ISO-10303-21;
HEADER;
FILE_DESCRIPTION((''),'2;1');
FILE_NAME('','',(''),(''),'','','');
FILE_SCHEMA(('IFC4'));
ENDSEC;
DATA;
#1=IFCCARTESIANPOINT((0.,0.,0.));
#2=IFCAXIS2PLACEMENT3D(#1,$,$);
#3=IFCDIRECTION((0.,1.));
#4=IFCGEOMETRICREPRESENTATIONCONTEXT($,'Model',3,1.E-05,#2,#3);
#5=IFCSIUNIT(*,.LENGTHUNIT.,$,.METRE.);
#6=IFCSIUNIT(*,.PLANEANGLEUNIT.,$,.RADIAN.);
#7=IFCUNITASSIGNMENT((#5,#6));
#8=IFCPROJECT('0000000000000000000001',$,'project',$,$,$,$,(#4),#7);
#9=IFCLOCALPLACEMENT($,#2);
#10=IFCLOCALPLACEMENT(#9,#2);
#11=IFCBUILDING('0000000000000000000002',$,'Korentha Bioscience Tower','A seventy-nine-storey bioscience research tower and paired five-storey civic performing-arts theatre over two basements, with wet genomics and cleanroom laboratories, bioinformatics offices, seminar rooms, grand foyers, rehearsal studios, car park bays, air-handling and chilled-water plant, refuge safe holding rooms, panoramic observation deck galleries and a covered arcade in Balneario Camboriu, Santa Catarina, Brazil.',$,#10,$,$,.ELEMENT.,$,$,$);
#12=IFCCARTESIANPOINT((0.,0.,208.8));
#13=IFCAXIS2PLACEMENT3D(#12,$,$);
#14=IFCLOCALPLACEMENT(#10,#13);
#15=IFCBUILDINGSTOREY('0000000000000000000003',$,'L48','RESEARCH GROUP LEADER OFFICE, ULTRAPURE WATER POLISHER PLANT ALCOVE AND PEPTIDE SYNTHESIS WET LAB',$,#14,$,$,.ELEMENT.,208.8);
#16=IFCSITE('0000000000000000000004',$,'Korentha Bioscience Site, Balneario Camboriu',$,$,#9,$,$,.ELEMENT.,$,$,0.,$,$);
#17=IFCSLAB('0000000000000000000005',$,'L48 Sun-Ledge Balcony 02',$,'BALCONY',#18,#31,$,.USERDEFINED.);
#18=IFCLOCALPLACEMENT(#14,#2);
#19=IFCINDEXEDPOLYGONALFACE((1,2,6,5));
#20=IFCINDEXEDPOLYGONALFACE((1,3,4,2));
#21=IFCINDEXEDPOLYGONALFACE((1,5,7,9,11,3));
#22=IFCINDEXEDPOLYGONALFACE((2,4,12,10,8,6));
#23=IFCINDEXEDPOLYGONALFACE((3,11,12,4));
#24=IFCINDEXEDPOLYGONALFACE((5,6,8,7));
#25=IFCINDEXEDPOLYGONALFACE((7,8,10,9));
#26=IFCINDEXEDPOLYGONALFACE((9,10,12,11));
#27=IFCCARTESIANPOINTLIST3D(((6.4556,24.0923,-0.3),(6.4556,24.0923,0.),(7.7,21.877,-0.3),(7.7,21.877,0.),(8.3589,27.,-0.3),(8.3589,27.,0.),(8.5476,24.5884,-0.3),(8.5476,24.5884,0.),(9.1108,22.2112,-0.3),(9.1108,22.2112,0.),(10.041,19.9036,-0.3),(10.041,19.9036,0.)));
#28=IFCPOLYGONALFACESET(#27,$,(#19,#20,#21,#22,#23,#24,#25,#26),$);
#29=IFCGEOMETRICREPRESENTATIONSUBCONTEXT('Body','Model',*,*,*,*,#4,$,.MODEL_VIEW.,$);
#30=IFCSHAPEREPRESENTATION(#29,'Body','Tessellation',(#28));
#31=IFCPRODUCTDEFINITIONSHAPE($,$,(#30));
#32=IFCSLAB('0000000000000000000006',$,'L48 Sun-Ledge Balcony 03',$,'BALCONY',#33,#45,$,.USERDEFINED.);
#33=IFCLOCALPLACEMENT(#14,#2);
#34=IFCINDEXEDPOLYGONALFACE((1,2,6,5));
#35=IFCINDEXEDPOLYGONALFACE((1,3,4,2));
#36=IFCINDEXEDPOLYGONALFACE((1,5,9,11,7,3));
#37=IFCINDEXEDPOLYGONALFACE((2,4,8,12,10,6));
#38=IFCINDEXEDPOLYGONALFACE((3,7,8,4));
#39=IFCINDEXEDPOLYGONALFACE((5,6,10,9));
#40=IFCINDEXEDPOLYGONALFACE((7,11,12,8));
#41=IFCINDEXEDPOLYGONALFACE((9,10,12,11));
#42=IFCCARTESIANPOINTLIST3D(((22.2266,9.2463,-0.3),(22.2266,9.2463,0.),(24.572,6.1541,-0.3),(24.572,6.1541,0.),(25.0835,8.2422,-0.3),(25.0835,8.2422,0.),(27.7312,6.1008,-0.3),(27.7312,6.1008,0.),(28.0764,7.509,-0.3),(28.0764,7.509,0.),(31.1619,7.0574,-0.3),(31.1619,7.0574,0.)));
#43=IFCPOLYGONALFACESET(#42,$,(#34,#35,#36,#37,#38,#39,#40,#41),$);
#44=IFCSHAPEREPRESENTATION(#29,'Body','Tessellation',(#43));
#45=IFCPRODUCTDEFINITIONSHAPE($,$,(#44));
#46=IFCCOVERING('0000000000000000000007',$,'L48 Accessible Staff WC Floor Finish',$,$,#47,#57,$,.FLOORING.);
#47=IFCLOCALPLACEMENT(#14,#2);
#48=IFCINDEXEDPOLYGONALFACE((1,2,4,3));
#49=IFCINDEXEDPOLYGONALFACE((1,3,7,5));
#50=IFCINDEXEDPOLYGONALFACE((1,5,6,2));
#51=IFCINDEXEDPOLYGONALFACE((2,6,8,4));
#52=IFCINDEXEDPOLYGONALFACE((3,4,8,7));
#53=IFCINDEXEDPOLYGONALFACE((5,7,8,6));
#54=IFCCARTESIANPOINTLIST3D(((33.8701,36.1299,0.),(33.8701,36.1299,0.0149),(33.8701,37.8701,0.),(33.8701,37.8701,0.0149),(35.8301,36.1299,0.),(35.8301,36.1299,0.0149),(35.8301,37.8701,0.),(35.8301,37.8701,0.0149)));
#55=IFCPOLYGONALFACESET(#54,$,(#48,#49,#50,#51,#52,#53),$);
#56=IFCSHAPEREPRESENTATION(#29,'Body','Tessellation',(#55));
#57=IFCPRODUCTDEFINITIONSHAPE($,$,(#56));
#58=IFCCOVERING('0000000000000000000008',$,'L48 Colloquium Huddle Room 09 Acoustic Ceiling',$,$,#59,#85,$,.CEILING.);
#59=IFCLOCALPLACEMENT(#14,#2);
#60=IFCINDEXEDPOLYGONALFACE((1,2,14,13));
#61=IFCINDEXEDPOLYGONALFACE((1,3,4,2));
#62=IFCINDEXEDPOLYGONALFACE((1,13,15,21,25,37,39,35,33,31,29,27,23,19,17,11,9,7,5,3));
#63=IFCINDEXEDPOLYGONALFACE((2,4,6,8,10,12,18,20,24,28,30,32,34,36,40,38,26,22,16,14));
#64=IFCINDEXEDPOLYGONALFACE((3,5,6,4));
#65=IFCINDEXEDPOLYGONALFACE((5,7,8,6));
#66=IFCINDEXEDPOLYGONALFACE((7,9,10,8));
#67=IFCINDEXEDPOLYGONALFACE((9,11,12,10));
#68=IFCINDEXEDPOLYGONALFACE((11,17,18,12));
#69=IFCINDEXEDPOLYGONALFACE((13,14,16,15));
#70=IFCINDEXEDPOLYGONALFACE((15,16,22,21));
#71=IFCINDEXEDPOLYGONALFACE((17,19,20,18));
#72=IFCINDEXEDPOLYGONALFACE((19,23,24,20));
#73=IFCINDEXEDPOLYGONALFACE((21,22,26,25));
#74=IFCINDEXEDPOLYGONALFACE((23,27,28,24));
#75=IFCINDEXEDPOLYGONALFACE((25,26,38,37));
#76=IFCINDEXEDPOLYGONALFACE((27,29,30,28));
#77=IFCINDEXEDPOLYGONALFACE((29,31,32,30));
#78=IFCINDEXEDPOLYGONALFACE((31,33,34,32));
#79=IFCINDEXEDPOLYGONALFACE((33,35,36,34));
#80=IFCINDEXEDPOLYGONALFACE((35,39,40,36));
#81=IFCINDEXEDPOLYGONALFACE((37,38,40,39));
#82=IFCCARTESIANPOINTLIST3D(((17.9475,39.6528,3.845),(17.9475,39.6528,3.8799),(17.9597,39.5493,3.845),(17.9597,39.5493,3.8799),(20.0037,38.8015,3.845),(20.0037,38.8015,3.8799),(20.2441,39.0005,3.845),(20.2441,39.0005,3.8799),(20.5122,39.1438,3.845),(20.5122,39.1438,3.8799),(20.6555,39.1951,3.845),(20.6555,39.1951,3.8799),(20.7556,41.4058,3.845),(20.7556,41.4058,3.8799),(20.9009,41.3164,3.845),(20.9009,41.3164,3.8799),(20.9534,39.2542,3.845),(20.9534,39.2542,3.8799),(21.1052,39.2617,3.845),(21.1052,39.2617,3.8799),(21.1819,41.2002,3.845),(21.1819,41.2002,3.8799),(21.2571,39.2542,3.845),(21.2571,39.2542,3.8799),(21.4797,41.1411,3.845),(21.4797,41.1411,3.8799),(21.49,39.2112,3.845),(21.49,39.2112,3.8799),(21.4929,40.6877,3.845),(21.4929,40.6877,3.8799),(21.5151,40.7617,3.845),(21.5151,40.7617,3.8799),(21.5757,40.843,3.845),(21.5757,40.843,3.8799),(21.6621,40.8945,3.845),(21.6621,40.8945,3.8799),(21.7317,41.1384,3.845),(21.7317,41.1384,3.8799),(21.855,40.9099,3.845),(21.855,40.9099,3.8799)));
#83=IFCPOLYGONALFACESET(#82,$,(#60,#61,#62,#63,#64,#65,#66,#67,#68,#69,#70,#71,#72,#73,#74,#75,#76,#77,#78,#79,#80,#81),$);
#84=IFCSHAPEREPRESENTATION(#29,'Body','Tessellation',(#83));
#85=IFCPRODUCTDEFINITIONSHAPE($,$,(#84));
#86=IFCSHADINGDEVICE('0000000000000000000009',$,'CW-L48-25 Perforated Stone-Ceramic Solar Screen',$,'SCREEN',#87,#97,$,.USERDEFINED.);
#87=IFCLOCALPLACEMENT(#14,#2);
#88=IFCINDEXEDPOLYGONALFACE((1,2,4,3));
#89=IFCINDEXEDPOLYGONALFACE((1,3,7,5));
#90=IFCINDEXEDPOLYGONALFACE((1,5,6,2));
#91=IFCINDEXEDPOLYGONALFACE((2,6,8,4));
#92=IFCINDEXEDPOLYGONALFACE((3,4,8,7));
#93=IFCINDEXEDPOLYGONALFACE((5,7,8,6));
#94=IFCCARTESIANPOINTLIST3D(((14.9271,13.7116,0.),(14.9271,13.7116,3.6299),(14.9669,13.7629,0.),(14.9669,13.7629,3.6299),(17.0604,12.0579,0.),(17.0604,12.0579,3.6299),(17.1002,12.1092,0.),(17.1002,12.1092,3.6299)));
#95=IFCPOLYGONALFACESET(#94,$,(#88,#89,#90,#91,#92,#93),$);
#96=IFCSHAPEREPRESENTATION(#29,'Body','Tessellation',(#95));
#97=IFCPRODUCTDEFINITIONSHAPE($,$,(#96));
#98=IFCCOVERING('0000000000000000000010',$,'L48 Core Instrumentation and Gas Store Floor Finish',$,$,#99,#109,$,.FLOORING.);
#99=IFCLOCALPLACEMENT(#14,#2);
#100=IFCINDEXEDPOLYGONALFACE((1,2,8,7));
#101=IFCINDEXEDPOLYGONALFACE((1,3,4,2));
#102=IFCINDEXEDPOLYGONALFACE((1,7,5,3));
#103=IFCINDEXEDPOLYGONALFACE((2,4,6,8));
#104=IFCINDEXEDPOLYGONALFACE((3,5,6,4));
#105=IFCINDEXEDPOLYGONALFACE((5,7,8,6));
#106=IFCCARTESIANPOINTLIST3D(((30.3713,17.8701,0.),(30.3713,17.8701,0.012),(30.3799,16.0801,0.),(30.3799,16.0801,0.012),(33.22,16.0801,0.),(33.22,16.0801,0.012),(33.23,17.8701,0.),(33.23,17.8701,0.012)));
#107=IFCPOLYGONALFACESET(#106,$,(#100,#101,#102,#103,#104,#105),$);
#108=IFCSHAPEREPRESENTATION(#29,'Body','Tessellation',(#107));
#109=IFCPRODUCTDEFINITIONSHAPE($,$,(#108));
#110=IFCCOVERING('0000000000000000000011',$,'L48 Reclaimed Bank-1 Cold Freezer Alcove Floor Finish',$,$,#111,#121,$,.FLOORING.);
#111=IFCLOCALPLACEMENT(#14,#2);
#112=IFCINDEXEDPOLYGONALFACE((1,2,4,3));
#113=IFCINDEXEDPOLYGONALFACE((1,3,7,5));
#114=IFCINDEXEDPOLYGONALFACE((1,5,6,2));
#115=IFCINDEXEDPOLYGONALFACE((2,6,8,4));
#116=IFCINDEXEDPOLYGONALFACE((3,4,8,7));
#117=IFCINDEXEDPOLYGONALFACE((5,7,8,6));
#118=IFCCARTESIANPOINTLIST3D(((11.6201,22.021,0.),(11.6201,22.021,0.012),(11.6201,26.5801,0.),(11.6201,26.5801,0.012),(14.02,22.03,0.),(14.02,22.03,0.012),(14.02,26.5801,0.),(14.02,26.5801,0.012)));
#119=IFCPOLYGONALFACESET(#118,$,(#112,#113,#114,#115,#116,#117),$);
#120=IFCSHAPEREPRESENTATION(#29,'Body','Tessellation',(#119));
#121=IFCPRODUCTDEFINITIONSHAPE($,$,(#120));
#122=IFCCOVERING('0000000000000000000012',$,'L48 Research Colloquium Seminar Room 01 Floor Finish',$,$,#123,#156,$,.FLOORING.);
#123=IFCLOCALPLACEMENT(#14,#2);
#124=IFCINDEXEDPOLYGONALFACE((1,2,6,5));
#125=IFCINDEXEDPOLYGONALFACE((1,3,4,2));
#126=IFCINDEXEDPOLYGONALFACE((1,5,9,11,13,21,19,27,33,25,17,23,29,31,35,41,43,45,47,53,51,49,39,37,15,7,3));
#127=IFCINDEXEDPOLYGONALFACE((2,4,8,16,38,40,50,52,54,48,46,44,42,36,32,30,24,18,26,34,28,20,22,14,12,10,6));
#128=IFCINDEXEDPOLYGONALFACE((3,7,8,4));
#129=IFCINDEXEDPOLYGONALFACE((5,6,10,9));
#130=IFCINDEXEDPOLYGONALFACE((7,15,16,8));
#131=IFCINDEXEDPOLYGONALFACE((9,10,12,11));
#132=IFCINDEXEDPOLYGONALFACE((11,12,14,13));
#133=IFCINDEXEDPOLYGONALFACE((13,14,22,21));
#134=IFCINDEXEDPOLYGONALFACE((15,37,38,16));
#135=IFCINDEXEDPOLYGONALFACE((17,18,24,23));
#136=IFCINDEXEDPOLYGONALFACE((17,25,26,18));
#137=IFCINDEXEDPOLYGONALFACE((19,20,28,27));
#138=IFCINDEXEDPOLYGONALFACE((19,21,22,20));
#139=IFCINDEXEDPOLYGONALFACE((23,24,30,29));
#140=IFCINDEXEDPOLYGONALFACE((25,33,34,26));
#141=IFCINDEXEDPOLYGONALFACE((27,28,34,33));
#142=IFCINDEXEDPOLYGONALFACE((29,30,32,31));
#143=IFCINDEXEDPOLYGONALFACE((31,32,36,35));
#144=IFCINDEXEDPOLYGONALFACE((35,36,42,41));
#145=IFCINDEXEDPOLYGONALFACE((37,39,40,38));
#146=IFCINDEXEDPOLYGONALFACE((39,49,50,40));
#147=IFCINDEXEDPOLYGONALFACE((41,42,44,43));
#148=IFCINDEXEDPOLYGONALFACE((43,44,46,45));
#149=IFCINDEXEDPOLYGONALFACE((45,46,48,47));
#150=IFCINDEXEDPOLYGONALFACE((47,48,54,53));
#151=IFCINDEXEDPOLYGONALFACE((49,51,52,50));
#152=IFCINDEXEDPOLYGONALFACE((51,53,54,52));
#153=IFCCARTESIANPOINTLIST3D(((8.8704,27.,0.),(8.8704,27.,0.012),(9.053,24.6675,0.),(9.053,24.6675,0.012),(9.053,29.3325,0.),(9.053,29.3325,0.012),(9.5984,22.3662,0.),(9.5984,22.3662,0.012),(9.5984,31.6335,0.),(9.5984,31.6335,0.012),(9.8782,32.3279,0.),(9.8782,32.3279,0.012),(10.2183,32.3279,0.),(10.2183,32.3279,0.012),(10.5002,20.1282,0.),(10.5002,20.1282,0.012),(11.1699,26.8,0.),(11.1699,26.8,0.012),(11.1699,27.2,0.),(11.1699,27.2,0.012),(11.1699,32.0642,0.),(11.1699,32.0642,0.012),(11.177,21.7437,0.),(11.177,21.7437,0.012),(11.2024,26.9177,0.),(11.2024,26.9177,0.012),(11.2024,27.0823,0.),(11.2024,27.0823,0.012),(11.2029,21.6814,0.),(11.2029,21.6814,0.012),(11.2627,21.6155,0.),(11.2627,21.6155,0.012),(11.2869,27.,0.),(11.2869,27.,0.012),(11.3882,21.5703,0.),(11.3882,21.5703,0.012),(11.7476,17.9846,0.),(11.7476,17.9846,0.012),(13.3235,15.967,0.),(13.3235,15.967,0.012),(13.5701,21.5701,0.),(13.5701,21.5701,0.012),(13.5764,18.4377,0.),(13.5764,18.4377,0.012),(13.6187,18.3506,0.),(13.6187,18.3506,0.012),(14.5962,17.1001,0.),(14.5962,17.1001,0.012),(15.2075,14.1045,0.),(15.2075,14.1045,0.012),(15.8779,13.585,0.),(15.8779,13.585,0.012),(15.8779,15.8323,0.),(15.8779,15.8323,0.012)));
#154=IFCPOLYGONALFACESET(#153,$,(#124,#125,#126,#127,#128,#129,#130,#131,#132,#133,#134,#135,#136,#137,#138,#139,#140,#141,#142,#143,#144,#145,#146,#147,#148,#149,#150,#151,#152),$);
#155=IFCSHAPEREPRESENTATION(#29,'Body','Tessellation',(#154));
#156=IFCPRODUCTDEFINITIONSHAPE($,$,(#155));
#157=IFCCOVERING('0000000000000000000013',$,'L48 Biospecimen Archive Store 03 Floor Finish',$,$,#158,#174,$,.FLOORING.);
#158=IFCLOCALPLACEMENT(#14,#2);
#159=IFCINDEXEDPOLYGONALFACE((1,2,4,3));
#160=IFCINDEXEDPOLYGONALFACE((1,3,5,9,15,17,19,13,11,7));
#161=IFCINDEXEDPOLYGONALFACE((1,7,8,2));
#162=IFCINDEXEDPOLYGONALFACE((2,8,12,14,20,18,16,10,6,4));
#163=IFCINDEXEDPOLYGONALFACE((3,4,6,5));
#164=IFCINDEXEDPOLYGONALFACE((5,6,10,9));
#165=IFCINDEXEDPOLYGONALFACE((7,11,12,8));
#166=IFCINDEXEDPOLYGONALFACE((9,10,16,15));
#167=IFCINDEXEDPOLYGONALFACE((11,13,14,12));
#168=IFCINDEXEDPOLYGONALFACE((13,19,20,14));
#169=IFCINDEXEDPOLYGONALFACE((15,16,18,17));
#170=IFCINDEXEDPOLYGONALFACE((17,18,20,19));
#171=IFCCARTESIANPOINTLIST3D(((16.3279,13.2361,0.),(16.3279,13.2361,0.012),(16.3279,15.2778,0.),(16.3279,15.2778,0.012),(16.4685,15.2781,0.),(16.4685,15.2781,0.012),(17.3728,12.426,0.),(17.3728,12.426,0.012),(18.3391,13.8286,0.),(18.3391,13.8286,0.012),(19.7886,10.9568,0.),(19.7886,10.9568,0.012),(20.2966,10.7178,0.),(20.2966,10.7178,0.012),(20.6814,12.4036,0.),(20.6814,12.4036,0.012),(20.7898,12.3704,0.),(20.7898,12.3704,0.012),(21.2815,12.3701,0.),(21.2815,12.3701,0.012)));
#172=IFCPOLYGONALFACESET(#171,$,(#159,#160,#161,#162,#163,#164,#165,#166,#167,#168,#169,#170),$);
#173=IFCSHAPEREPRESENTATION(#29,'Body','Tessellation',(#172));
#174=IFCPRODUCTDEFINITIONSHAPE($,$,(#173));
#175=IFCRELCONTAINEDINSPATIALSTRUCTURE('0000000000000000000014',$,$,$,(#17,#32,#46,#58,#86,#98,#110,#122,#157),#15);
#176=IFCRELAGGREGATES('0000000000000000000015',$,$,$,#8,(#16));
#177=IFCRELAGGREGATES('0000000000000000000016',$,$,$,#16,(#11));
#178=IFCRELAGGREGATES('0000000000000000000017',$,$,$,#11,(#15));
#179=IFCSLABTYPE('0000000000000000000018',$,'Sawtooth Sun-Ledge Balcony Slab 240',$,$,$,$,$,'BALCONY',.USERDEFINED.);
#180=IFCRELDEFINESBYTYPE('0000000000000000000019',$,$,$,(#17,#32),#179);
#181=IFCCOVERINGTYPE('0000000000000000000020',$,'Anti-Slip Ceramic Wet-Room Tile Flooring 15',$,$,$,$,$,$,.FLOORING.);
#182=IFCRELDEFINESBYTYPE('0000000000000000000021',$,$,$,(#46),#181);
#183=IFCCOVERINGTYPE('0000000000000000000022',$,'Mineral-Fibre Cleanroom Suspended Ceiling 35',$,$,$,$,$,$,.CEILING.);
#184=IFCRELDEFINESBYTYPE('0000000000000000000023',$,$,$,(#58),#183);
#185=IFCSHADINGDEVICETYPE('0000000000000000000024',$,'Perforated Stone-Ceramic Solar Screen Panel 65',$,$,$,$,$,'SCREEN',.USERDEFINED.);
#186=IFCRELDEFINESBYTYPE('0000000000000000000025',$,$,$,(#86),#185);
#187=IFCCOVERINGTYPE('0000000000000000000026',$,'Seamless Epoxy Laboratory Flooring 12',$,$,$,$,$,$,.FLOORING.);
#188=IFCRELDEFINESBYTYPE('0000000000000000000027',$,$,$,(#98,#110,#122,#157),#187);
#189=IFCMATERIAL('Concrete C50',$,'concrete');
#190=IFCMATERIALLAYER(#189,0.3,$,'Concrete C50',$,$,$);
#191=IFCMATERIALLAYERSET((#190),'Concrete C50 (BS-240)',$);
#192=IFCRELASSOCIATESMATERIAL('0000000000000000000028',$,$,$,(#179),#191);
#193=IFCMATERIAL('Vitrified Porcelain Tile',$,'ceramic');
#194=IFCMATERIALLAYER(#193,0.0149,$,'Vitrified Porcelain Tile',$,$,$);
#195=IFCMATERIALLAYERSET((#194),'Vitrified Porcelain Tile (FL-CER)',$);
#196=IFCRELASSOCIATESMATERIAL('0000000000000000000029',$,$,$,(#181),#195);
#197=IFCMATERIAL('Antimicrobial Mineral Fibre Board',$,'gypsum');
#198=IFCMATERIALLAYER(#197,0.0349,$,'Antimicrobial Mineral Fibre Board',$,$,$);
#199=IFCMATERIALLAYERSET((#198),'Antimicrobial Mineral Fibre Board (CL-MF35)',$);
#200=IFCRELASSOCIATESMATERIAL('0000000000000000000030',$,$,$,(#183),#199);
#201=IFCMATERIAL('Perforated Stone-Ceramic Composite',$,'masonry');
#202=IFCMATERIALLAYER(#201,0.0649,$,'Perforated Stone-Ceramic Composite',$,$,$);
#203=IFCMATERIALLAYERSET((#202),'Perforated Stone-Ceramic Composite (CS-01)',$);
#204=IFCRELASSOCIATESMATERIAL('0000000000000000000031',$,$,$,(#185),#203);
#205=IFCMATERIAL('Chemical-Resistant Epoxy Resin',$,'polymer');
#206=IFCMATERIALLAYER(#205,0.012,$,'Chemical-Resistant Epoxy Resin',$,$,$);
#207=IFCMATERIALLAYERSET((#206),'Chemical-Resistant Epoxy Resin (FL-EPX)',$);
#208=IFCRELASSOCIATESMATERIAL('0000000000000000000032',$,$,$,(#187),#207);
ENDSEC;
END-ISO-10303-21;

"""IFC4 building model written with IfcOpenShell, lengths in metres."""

from ifc_helpers import new_model, si_unit, direction, frame, origin, origin_2d, place, context, subcontext, project, spatial, polyline, rectangle, outline, extrude, material, layer, layer_set, type_object, element, save


model = new_model("IFC4")

# Units and contexts
model_context = context("Model", 3, precision=1e-05, world=origin(), true_north=direction((0.0, 1.0)))
body_context = subcontext(model_context, "Body", "Model", "MODEL_VIEW")
ifc_project = project(units=[si_unit("LENGTHUNIT", "METRE"), si_unit("PLANEANGLEUNIT", "RADIAN")], contexts=[model_context])

# Site, building, storey
site_placement = place(None, origin())
site = spatial("IfcSite", under=ifc_project, at=site_placement, Name="Korentha Bioscience Site, Balneario Camboriu", CompositionType="ELEMENT", RefElevation=0.0)
building_placement = place(site_placement, origin())
building = spatial("IfcBuilding", under=site, at=building_placement, Name="Korentha Bioscience Tower", Description="A seventy-nine-storey bioscience research tower and paired five-storey civic performing-arts theatre over two basements, with wet genomics and cleanroom laboratories, bioinformatics offices, seminar rooms, grand foyers, rehearsal studios, car park bays, air-handling and chilled-water plant, refuge safe holding rooms, panoramic observation deck galleries and a covered arcade in Balneario Camboriu, Santa Catarina, Brazil.", CompositionType="ELEMENT")
storey_placement = place(building_placement, frame((0.0, 0.0, 208.8)))
storey = spatial("IfcBuildingStorey", under=building, at=storey_placement, Name="L48", Description="RESEARCH GROUP LEADER OFFICE, ULTRAPURE WATER POLISHER PLANT ALCOVE AND PEPTIDE SYNTHESIS WET LAB", CompositionType="ELEMENT", Elevation=208.8)

# Shared definitions
ifc_material_1 = material(Name="Concrete C50", Category="concrete")

# Slabs
ifc_layer_1 = layer(ifc_material_1, 0.3, Name="Concrete C50")
ifc_layer_set_1 = layer_set([ifc_layer_1], Name="Concrete C50 (BS-240)")
slab_type_1 = type_object("IfcSlabType", Name="Sawtooth Sun-Ledge Balcony Slab 240", ElementType="BALCONY", PredefinedType="USERDEFINED", material=ifc_layer_set_1)
slab_1_placement = place(storey_placement, frame((0.0, 0.0, -0.3)))
element("IfcSlab", 1, at=slab_1_placement, inside=storey, type_object=slab_type_1, Name="L48 Sun-Ledge Balcony 02", ObjectType="BALCONY", PredefinedType="USERDEFINED", context=body_context, shape_type="SweptSolid", body=[
    extrude(outline(polyline([(10.041, 19.9036), (9.1108, 22.2112), (8.5476, 24.5884), (8.3589, 27.0), (6.4556, 24.0923), (7.7, 21.877), (10.041, 19.9036)])), origin(), (0.0, 0.0, 1.0), 0.3),
])
slab_2_placement = place(storey_placement, frame((0.0, 0.0, -0.3)))
element("IfcSlab", 2, at=slab_2_placement, inside=storey, type_object=slab_type_1, Name="L48 Sun-Ledge Balcony 03", ObjectType="BALCONY", PredefinedType="USERDEFINED", context=body_context, shape_type="SweptSolid", body=[
    extrude(outline(polyline([(31.1619, 7.0574), (28.0764, 7.509), (25.0835, 8.2422), (22.2266, 9.2463), (24.572, 6.1541), (27.7312, 6.1008), (31.1619, 7.0574)])), origin(), (0.0, 0.0, 1.0), 0.3),
])

# Coverings
ifc_material_2 = material(Name="Vitrified Porcelain Tile", Category="ceramic")
ifc_layer_2 = layer(ifc_material_2, 0.0149, Name="Vitrified Porcelain Tile")
ifc_layer_set_2 = layer_set([ifc_layer_2], Name="Vitrified Porcelain Tile (FL-CER)")
covering_type_1 = type_object("IfcCoveringType", Name="Anti-Slip Ceramic Wet-Room Tile Flooring 15", PredefinedType="FLOORING", material=ifc_layer_set_2)
covering_1_placement = place(storey_placement, origin())
element("IfcCovering", 3, at=covering_1_placement, inside=storey, type_object=covering_type_1, Name="L48 Accessible Staff WC Floor Finish", PredefinedType="FLOORING", context=body_context, shape_type="SweptSolid", body=[
    extrude(outline(polyline([(33.8701, 36.1299), (33.8701, 37.8701), (35.8301, 37.8701), (35.8301, 36.1299), (33.8701, 36.1299)])), origin(), (0.0, 0.0, 1.0), 0.0149),
])
ifc_material_3 = material(Name="Antimicrobial Mineral Fibre Board", Category="gypsum")
ifc_layer_3 = layer(ifc_material_3, 0.0349, Name="Antimicrobial Mineral Fibre Board")
ifc_layer_set_3 = layer_set([ifc_layer_3], Name="Antimicrobial Mineral Fibre Board (CL-MF35)")
covering_type_2 = type_object("IfcCoveringType", Name="Mineral-Fibre Cleanroom Suspended Ceiling 35", PredefinedType="CEILING", material=ifc_layer_set_3)
covering_2_placement = place(storey_placement, frame((0.0, 0.0, 3.845)))
element("IfcCovering", 4, at=covering_2_placement, inside=storey, type_object=covering_type_2, Name="L48 Colloquium Huddle Room 09 Acoustic Ceiling", PredefinedType="CEILING", context=body_context, shape_type="SweptSolid", body=[
    extrude(outline(polyline([(21.855, 40.9099), (21.6621, 40.8945), (21.5757, 40.843), (21.5151, 40.7617), (21.4929, 40.6877), (21.49, 39.2112), (21.2571, 39.2542), (21.1052, 39.2617), (20.9534, 39.2542), (20.6555, 39.1951), (20.5122, 39.1438), (20.2441, 39.0005), (20.0037, 38.8015), (17.9597, 39.5493), (17.9475, 39.6528), (20.7556, 41.4058), (20.9009, 41.3164), (21.1819, 41.2002), (21.4797, 41.1411), (21.7317, 41.1384), (21.855, 40.9099)])), origin(), (0.0, 0.0, 1.0), 0.0349),
])

# Shading device
ifc_material_4 = material(Name="Perforated Stone-Ceramic Composite", Category="masonry")
ifc_layer_4 = layer(ifc_material_4, 0.0649, Name="Perforated Stone-Ceramic Composite")
ifc_layer_set_4 = layer_set([ifc_layer_4], Name="Perforated Stone-Ceramic Composite (CS-01)")
shading_device_type_1 = type_object("IfcShadingDeviceType", Name="Perforated Stone-Ceramic Solar Screen Panel 65", ElementType="SCREEN", PredefinedType="USERDEFINED", material=ifc_layer_set_4)
shading_device_1_placement = place(storey_placement, frame((16.0137, 12.9104, 0.0), z_axis=(0.0, 0.0, 1.0), x_axis=(0.790346, -0.612661, 0.0)))
element("IfcShadingDevice", 5, at=shading_device_1_placement, inside=storey, type_object=shading_device_type_1, Name="CW-L48-25 Perforated Stone-Ceramic Solar Screen", ObjectType="SCREEN", PredefinedType="USERDEFINED", context=body_context, shape_type="SweptSolid", body=[
    extrude(rectangle(XDim=2.6992, YDim=0.0649, at=origin_2d()), origin(), (0.0, 0.0, 1.0), 3.6299),
])

# Coverings
ifc_material_5 = material(Name="Chemical-Resistant Epoxy Resin", Category="polymer")
ifc_layer_5 = layer(ifc_material_5, 0.012, Name="Chemical-Resistant Epoxy Resin")
ifc_layer_set_5 = layer_set([ifc_layer_5], Name="Chemical-Resistant Epoxy Resin (FL-EPX)")
covering_type_3 = type_object("IfcCoveringType", Name="Seamless Epoxy Laboratory Flooring 12", PredefinedType="FLOORING", material=ifc_layer_set_5)
covering_3_placement = place(storey_placement, origin())
element("IfcCovering", 6, at=covering_3_placement, inside=storey, type_object=covering_type_3, Name="L48 Core Instrumentation and Gas Store Floor Finish", PredefinedType="FLOORING", context=body_context, shape_type="SweptSolid", body=[
    extrude(outline(polyline([(33.23, 17.8701), (33.22, 16.0801), (30.3799, 16.0801), (30.3713, 17.8701), (33.23, 17.8701)])), origin(), (0.0, 0.0, 1.0), 0.012),
])
covering_4_placement = place(storey_placement, origin())
element("IfcCovering", 7, at=covering_4_placement, inside=storey, type_object=covering_type_3, Name="L48 Reclaimed Bank-1 Cold Freezer Alcove Floor Finish", PredefinedType="FLOORING", context=body_context, shape_type="SweptSolid", body=[
    extrude(outline(polyline([(14.02, 22.03), (11.6201, 22.021), (11.6201, 26.5801), (14.02, 26.5801), (14.02, 22.03)])), origin(), (0.0, 0.0, 1.0), 0.012),
])
covering_5_placement = place(storey_placement, origin())
element("IfcCovering", 8, at=covering_5_placement, inside=storey, type_object=covering_type_3, Name="L48 Research Colloquium Seminar Room 01 Floor Finish", PredefinedType="FLOORING", context=body_context, shape_type="SweptSolid", body=[
    extrude(outline(polyline([(10.2183, 32.3279), (11.1699, 32.0642), (11.1699, 27.2), (11.2024, 27.0823), (11.2869, 27.0), (11.2024, 26.9177), (11.1699, 26.8), (11.177, 21.7437), (11.2029, 21.6814), (11.2627, 21.6155), (11.3882, 21.5703), (13.5701, 21.5701), (13.5764, 18.4377), (13.6187, 18.3506), (14.5962, 17.1001), (15.8779, 15.8323), (15.8779, 13.585), (15.2075, 14.1045), (13.3235, 15.967), (11.7476, 17.9846), (10.5002, 20.1282), (9.5984, 22.3662), (9.053, 24.6675), (8.8704, 27.0), (9.053, 29.3325), (9.5984, 31.6335), (9.8782, 32.3279), (10.2183, 32.3279)])), origin(), (0.0, 0.0, 1.0), 0.012),
])
covering_6_placement = place(storey_placement, origin())
element("IfcCovering", 9, at=covering_6_placement, inside=storey, type_object=covering_type_3, Name="L48 Biospecimen Archive Store 03 Floor Finish", PredefinedType="FLOORING", context=body_context, shape_type="SweptSolid", body=[
    extrude(outline(polyline([(16.3279, 15.2778), (16.4685, 15.2781), (18.3391, 13.8286), (20.6814, 12.4036), (20.7898, 12.3704), (21.2815, 12.3701), (20.2966, 10.7178), (19.7886, 10.9568), (17.3728, 12.426), (16.3279, 13.2361), (16.3279, 15.2778)])), origin(), (0.0, 0.0, 1.0), 0.012),
])

save(model, "model.ifc")
